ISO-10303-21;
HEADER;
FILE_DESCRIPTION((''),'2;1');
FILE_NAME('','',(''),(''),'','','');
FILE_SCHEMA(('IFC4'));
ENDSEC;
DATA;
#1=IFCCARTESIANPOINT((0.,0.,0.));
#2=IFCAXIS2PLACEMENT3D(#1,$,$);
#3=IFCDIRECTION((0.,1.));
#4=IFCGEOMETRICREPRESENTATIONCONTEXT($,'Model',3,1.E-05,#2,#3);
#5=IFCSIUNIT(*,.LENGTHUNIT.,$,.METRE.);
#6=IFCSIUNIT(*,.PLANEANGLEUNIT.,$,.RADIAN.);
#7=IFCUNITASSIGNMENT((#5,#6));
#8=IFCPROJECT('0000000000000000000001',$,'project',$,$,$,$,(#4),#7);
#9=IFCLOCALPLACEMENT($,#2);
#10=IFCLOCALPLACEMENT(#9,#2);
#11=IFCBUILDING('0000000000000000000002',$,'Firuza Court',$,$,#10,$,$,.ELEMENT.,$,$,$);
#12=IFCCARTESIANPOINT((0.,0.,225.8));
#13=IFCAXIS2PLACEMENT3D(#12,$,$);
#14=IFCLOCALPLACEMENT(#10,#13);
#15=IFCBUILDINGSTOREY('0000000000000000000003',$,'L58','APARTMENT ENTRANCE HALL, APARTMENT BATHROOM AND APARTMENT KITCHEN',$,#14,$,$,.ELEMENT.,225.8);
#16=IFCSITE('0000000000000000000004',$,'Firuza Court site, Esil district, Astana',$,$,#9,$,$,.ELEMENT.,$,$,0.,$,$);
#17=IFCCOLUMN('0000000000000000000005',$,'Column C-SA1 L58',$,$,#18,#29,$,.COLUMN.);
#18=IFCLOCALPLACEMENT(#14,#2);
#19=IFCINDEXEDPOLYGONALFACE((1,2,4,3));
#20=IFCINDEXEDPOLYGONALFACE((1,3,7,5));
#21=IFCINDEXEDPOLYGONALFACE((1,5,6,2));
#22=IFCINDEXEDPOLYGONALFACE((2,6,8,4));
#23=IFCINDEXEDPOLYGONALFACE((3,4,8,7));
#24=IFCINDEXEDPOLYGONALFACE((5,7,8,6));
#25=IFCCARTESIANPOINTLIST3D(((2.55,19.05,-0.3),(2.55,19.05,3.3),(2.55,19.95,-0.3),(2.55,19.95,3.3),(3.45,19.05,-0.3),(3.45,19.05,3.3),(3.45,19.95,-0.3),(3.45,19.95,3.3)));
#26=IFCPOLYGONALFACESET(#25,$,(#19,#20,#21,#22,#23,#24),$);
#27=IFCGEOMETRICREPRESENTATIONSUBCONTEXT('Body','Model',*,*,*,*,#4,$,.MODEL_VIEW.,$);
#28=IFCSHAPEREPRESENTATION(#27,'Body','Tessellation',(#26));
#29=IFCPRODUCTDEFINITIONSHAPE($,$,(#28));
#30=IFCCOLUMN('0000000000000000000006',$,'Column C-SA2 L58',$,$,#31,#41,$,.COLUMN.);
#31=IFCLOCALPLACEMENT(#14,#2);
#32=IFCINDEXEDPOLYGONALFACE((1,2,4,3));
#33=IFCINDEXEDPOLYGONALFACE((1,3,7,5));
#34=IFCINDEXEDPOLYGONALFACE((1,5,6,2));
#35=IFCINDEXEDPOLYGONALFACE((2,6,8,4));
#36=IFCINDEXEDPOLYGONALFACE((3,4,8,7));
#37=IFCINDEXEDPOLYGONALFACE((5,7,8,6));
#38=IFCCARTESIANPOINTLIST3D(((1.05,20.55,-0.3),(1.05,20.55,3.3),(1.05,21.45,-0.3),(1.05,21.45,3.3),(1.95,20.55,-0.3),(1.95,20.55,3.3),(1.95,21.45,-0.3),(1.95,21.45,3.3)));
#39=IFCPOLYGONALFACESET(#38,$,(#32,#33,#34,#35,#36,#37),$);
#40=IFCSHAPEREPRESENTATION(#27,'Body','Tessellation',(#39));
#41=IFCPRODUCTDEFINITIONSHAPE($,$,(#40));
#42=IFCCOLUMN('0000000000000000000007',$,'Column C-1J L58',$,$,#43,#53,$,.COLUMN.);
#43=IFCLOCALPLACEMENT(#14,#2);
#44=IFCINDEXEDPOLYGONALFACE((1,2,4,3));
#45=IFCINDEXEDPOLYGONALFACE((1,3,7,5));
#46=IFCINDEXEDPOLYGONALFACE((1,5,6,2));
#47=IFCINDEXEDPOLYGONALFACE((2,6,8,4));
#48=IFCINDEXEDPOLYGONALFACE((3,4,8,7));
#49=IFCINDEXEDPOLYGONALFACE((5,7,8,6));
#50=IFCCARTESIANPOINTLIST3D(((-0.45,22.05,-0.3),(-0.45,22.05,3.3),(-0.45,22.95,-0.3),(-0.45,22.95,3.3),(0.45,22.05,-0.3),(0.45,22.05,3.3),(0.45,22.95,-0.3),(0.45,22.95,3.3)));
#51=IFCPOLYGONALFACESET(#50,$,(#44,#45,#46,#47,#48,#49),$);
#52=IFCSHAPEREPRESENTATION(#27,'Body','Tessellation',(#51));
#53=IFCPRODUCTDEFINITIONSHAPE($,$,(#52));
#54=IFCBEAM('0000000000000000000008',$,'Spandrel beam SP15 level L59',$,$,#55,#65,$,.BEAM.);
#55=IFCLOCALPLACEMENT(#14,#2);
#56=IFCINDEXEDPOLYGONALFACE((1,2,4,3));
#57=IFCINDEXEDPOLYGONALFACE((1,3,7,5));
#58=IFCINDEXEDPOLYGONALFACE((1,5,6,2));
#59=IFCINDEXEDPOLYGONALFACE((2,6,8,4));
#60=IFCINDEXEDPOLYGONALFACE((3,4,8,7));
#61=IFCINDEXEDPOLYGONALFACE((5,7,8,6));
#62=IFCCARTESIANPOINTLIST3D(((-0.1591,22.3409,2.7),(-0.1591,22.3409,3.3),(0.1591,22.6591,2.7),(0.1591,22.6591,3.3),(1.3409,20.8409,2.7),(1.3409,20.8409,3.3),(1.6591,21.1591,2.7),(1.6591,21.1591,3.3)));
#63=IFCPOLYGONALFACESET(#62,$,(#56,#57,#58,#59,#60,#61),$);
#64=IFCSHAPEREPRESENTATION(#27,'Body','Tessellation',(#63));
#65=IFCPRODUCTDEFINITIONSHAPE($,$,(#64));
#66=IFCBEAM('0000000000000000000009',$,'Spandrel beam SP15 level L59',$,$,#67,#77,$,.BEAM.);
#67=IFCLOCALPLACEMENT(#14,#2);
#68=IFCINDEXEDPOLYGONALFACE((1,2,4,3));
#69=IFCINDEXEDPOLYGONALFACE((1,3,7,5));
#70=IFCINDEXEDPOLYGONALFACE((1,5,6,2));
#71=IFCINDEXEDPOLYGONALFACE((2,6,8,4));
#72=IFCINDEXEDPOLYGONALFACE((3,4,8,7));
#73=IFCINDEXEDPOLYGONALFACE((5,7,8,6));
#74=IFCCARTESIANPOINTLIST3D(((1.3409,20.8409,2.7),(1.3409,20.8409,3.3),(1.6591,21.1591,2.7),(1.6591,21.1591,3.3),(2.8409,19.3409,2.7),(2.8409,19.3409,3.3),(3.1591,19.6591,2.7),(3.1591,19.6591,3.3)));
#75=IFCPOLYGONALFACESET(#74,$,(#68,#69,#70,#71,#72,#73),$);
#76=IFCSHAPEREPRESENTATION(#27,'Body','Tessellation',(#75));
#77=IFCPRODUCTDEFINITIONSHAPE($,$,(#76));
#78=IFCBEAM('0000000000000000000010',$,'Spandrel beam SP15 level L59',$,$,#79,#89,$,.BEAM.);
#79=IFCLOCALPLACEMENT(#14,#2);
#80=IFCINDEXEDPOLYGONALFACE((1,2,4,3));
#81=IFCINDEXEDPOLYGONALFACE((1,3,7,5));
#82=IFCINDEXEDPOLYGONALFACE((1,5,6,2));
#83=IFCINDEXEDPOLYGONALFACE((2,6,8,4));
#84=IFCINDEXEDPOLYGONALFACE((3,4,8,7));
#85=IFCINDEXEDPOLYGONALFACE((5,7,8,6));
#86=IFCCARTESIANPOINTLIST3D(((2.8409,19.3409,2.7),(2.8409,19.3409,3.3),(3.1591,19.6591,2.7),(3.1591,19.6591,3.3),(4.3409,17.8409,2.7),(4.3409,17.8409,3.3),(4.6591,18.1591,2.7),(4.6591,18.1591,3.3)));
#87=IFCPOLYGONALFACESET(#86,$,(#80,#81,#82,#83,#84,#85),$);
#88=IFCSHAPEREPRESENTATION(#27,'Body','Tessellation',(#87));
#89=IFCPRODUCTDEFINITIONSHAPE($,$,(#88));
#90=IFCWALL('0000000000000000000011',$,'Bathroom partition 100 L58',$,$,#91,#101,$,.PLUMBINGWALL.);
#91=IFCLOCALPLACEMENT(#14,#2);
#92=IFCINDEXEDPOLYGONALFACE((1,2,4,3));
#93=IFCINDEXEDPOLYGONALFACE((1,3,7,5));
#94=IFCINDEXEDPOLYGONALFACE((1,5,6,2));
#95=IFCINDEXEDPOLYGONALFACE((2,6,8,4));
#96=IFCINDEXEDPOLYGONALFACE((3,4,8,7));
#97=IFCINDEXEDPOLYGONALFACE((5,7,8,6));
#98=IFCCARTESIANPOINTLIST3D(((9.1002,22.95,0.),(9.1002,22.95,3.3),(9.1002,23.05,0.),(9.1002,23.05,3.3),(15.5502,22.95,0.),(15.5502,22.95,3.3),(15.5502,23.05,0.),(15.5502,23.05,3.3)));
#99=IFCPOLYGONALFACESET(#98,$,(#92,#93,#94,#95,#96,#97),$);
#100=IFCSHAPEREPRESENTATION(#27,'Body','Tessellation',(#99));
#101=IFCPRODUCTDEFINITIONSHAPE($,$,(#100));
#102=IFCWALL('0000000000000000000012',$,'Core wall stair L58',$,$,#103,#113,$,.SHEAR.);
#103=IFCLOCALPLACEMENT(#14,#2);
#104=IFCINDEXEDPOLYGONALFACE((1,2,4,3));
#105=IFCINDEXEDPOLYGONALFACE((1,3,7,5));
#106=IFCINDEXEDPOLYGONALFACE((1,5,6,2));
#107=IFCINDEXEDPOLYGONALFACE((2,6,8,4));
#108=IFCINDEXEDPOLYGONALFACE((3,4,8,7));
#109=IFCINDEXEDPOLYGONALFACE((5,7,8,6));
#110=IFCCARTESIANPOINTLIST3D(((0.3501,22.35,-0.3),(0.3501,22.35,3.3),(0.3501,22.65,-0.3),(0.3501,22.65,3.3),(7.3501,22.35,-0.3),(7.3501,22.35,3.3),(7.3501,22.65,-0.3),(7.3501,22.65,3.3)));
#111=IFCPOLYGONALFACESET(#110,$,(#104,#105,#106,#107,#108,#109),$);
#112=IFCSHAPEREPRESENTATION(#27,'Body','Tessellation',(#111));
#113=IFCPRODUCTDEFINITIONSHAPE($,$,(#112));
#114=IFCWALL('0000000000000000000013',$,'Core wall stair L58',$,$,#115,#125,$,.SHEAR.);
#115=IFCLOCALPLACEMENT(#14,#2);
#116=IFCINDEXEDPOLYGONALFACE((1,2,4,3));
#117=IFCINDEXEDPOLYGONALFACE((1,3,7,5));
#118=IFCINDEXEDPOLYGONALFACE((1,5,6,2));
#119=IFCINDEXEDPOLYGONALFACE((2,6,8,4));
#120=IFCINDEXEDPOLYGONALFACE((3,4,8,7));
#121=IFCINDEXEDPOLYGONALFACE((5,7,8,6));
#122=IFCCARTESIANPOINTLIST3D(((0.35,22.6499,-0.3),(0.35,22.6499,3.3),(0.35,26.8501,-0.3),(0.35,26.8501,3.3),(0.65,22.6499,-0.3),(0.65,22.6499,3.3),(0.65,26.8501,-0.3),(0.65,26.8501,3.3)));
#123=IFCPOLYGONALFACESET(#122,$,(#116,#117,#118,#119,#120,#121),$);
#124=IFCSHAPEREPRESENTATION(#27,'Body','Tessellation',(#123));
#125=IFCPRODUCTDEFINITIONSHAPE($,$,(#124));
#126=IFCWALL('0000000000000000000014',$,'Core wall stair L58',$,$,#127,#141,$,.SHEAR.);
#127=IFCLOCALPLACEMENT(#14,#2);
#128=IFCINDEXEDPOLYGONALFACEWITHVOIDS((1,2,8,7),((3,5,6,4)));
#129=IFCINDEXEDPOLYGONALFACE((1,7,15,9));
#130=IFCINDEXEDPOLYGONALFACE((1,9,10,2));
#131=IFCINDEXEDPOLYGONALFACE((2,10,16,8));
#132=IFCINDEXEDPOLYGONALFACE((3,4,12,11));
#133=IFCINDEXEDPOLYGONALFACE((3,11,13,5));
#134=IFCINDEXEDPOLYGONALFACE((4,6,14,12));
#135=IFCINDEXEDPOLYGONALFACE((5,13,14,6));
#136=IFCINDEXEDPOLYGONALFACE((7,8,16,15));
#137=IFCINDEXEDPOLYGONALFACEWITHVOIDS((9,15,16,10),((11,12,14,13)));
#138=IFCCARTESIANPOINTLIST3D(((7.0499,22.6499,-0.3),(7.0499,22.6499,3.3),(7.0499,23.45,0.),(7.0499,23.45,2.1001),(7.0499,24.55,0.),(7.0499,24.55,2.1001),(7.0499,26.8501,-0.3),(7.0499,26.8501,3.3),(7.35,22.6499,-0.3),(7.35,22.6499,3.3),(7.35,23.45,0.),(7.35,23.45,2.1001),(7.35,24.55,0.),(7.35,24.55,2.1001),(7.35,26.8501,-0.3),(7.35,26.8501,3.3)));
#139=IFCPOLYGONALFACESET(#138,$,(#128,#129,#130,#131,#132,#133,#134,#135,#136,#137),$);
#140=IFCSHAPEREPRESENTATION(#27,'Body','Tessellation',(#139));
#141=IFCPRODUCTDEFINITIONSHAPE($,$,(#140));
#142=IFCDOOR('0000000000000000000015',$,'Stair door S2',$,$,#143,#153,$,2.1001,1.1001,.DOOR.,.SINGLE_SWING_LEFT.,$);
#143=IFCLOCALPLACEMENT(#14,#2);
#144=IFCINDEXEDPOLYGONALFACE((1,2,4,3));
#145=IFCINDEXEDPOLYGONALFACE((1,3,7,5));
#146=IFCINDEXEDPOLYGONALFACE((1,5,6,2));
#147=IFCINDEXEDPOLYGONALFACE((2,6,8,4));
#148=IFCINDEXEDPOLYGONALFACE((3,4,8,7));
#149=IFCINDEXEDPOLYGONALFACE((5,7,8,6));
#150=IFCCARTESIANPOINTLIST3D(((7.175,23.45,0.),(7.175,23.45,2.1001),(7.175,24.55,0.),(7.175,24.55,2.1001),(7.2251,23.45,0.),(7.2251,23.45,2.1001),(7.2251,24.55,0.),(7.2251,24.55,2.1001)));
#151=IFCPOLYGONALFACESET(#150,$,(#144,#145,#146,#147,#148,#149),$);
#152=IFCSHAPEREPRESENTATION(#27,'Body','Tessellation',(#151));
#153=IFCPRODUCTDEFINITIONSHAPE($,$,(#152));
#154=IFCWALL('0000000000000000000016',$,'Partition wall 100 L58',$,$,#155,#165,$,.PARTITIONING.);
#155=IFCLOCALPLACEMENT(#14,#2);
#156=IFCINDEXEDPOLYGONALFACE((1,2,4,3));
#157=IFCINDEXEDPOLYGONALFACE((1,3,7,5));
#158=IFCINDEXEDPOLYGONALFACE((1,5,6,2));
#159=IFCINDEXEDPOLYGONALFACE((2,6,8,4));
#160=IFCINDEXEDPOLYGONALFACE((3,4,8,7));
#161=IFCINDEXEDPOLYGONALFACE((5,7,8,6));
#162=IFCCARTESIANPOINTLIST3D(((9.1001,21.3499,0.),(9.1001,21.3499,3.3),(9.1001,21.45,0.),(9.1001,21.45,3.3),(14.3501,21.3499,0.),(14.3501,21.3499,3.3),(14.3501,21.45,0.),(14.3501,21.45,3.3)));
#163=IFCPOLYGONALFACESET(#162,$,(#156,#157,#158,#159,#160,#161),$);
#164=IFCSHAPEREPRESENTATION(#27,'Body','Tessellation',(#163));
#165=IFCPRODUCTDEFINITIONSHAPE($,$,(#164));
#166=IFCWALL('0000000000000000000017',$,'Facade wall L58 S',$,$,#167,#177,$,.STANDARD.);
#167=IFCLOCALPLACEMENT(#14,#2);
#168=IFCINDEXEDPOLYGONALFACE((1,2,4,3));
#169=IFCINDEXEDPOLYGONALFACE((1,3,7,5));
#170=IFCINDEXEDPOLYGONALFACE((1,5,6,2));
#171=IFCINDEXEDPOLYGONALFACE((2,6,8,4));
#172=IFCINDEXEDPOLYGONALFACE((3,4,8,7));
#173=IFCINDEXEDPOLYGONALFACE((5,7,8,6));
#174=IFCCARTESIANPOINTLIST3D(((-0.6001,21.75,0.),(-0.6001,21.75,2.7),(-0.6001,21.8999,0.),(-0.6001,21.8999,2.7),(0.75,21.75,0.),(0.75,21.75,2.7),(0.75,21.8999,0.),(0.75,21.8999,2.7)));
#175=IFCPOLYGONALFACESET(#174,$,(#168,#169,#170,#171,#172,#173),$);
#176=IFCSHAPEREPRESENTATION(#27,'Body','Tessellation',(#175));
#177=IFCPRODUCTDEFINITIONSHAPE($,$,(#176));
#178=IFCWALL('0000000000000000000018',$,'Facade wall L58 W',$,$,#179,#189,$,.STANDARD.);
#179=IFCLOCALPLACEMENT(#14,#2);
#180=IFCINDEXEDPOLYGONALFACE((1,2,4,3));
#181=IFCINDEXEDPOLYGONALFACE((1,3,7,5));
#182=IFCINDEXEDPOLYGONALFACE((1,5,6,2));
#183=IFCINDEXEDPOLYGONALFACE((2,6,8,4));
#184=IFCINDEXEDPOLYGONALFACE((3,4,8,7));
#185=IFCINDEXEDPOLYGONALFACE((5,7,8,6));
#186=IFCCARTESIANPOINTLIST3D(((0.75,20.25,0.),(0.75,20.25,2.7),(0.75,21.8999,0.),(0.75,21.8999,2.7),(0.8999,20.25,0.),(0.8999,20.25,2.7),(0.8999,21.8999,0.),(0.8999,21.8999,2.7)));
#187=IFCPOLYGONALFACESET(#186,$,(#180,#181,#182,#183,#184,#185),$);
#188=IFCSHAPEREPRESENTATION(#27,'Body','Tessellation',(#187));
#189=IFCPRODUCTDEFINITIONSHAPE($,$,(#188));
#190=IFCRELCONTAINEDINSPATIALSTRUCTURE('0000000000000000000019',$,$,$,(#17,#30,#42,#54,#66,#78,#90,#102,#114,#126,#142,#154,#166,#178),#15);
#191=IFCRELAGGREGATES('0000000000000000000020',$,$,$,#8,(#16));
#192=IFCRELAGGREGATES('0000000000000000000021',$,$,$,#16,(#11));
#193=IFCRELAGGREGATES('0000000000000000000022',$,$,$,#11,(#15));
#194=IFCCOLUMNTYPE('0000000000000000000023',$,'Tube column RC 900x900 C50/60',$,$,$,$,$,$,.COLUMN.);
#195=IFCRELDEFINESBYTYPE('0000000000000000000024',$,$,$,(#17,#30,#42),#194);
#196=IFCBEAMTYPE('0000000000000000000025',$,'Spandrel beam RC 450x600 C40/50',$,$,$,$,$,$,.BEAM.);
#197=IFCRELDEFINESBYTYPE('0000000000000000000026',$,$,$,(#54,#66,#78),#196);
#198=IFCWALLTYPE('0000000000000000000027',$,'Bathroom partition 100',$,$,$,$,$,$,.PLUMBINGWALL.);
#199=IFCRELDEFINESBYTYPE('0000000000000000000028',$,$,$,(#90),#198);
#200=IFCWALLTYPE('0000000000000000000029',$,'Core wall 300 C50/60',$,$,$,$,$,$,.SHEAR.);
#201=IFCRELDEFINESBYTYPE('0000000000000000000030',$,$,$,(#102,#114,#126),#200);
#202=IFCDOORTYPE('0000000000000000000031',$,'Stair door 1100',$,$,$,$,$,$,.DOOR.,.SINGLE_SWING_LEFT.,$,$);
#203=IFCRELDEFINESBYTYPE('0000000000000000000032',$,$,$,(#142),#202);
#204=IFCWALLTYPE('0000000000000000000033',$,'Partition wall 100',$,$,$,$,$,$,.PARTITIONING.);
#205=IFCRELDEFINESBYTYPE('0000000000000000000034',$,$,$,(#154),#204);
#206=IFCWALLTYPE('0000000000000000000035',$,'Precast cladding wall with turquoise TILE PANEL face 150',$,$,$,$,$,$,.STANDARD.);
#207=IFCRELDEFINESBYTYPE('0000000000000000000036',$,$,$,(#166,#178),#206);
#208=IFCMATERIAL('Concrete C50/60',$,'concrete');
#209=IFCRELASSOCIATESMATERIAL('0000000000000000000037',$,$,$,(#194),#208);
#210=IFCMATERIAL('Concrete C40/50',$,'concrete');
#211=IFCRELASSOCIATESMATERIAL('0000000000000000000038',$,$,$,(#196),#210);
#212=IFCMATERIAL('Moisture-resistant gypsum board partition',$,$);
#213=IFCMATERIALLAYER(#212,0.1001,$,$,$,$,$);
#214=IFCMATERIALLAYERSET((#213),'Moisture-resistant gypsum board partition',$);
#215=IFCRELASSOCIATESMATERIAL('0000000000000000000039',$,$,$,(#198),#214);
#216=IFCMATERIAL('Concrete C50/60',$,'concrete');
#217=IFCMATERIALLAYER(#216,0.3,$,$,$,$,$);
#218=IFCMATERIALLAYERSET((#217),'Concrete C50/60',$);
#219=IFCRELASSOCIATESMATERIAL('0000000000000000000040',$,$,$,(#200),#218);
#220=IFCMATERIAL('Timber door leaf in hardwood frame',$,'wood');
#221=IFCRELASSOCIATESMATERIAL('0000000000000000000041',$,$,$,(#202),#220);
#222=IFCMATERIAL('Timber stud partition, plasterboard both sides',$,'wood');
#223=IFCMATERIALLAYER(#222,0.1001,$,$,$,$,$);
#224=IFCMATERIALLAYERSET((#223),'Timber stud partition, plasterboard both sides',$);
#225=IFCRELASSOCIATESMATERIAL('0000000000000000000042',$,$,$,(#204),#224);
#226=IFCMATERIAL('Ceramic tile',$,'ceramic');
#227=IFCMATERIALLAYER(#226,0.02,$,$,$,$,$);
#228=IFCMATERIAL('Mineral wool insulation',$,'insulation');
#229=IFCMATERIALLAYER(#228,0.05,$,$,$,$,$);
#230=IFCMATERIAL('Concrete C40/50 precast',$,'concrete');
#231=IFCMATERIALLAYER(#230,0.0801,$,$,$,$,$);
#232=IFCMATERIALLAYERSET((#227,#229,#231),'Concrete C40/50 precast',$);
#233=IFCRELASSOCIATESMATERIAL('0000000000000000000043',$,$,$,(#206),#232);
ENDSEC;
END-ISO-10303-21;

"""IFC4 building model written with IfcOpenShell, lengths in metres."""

from ifc_helpers import new_model, si_unit, direction, frame, frame_2d, origin, origin_2d, place, context, subcontext, project, spatial, rectangle, extrude, material, layer, layer_set, material_profile, profile_set, type_object, element, fill, save


model = new_model("IFC4")

# Units and contexts
model_context = context("Model", 3, precision=1e-05, world=origin(), true_north=direction((0.0, 1.0)))
body_context = subcontext(model_context, "Body", "Model", "MODEL_VIEW")
ifc_project = project(units=[si_unit("LENGTHUNIT", "METRE"), si_unit("PLANEANGLEUNIT", "RADIAN")], contexts=[model_context])

# Site, building, storey
site_placement = place(None, origin())
site = spatial("IfcSite", under=ifc_project, at=site_placement, Name="Firuza Court site, Esil district, Astana", CompositionType="ELEMENT", RefElevation=0.0)
building_placement = place(site_placement, origin())
building = spatial("IfcBuilding", under=site, at=building_placement, Name="Firuza Court", CompositionType="ELEMENT")
storey_placement = place(building_placement, frame((0.0, 0.0, 225.8)))
storey = spatial("IfcBuildingStorey", under=building, at=storey_placement, Name="L58", Description="APARTMENT ENTRANCE HALL, APARTMENT BATHROOM AND APARTMENT KITCHEN", CompositionType="ELEMENT", Elevation=225.8)

# Columns
ifc_material_1 = material(Name="Concrete C50/60", Category="concrete")
ifc_material_profile_1 = material_profile(ifc_material_1, rectangle(XDim=0.8999, YDim=0.8999, at=origin_2d()), Name="RC 900x900")
ifc_profile_set_1 = profile_set([ifc_material_profile_1], Name="Concrete C50/60")
column_type = type_object("IfcColumnType", Name="Tube column RC 900x900 C50/60", PredefinedType="COLUMN", material=ifc_profile_set_1)
for number, where, z_axis, x_axis, name in (
    (1, (3.0, 19.5, -0.3), (0.0, 0.0, 1.0), (1.0, 0.0, 0.0), "Column C-SA1 L58"),
    (2, (1.5, 21.0, -0.3), (0.0, 0.0, 1.0), (1.0, 0.0, 0.0), "Column C-SA2 L58"),
    (3, (0.0, 22.5, -0.3), (0.0, 0.0, 1.0), (1.0, 0.0, 0.0), "Column C-1J L58"),
):
    element("IfcColumn", number, at=place(storey_placement, frame(where, z_axis=z_axis, x_axis=x_axis)), inside=storey, type_object=column_type, Name=name, PredefinedType="COLUMN", context=body_context, shape_type="SweptSolid", body=[
        extrude(rectangle(XDim=0.8999, YDim=0.8999, at=origin_2d()), origin(), (0.0, 0.0, 1.0), 3.6001),
    ])

# Beams
ifc_material_2 = material(Name="Concrete C40/50", Category="concrete")
ifc_material_profile_2 = material_profile(ifc_material_2, rectangle(XDim=0.45, YDim=0.6001, at=origin_2d()), Name="RC 450x600")
ifc_profile_set_2 = profile_set([ifc_material_profile_2], Name="Concrete C40/50")
beam_type = type_object("IfcBeamType", Name="Spandrel beam RC 450x600 C40/50", PredefinedType="BEAM", material=ifc_profile_set_2)
for number, where, z_axis, x_axis, name in (
    (4, (0.0, 22.5, 3.0), (0.707107, -0.707107, 0.0), (0.707107, 0.707107, 0.0), "Spandrel beam SP15 level L59"),
    (5, (1.5, 21.0, 3.0), (0.707107, -0.707107, 0.0), (0.707107, 0.707107, 0.0), "Spandrel beam SP15 level L59"),
    (6, (3.0, 19.5, 3.0), (0.707107, -0.707107, 0.0), (0.707107, 0.707107, 0.0), "Spandrel beam SP15 level L59"),
):
    element("IfcBeam", number, at=place(storey_placement, frame(where, z_axis=z_axis, x_axis=x_axis)), inside=storey, type_object=beam_type, Name=name, PredefinedType="BEAM", context=body_context, shape_type="SweptSolid", body=[
        extrude(rectangle(XDim=0.45, YDim=0.6001, at=origin_2d()), origin(), (0.0, 0.0, 1.0), 2.1213),
    ])

# Walls
ifc_material_3 = material(Name="Moisture-resistant gypsum board partition")
ifc_layer_1 = layer(ifc_material_3, 0.1001)
ifc_layer_set_1 = layer_set([ifc_layer_1], Name="Moisture-resistant gypsum board partition")
wall_type_1 = type_object("IfcWallType", Name="Bathroom partition 100", PredefinedType="PLUMBINGWALL", material=ifc_layer_set_1)
wall_1_placement = place(storey_placement, frame((9.1001, 23.0, 0.0), z_axis=(0.0, 0.0, 1.0), x_axis=(1.0, 0.0, 0.0)))
element("IfcWall", 7, at=wall_1_placement, inside=storey, type_object=wall_type_1, Name="Bathroom partition 100 L58", PredefinedType="PLUMBINGWALL", context=body_context, shape_type="SweptSolid", body=[
    extrude(rectangle(XDim=6.45, YDim=0.1001, at=frame_2d((3.2251, 0.0))), origin(), (0.0, 0.0, 1.0), 3.3),
])
ifc_material_4 = material(Name="Concrete C50/60", Category="concrete")
ifc_layer_2 = layer(ifc_material_4, 0.3)
ifc_layer_set_2 = layer_set([ifc_layer_2], Name="Concrete C50/60")
wall_type_2 = type_object("IfcWallType", Name="Core wall 300 C50/60", PredefinedType="SHEAR", material=ifc_layer_set_2)
wall_2_placement = place(storey_placement, frame((0.3501, 22.5, -0.3), z_axis=(0.0, 0.0, 1.0), x_axis=(1.0, 0.0, 0.0)))
element("IfcWall", 8, at=wall_2_placement, inside=storey, type_object=wall_type_2, Name="Core wall stair L58", PredefinedType="SHEAR", context=body_context, shape_type="SweptSolid", body=[
    extrude(rectangle(XDim=7.0, YDim=0.3, at=frame_2d((3.5, 0.0))), origin(), (0.0, 0.0, 1.0), 3.6001),
])
wall_3_placement = place(storey_placement, frame((0.5, 22.6499, -0.3), z_axis=(0.0, 0.0, 1.0), x_axis=(0.0, 1.0, 0.0)))
element("IfcWall", 9, at=wall_3_placement, inside=storey, type_object=wall_type_2, Name="Core wall stair L58", PredefinedType="SHEAR", context=body_context, shape_type="SweptSolid", body=[
    extrude(rectangle(XDim=4.2002, YDim=0.3, at=frame_2d((2.1001, 0.0))), origin(), (0.0, 0.0, 1.0), 3.6001),
])

# Wall, opening, door
wall_4_placement = place(storey_placement, frame((7.2, 22.6499, -0.3), z_axis=(0.0, 0.0, 1.0), x_axis=(0.0, 1.0, 0.0)))
wall_4 = element("IfcWall", 10, at=wall_4_placement, inside=storey, type_object=wall_type_2, Name="Core wall stair L58", PredefinedType="SHEAR", context=body_context, shape_type="SweptSolid", body=[
    extrude(rectangle(XDim=4.2002, YDim=0.3, at=frame_2d((2.1001, 0.0))), origin(), (0.0, 0.0, 1.0), 3.6001),
])
opening_placement = place(wall_4_placement, frame((0.8, 0.0, 0.3)))
opening = element("IfcOpeningElement", 11, at=opening_placement, cuts=wall_4, PredefinedType="OPENING", context=body_context, shape_type="SweptSolid", body=[
    extrude(rectangle(XDim=1.1001, YDim=2.1001, at=frame_2d((0.55, 1.05))), frame((0.0, 0.1621, 0.0), z_axis=(0.0, -1.0, 0.0), x_axis=(1.0, 0.0, 0.0)), (0.0, 0.0, 1.0), 0.324),
])
ifc_material_5 = material(Name="Timber door leaf in hardwood frame", Category="wood")
door_type = type_object("IfcDoorType", Name="Stair door 1100", OperationType="SINGLE_SWING_LEFT", PredefinedType="DOOR", material=ifc_material_5)
door_placement = place(opening_placement, origin())
door = element("IfcDoor", 12, at=door_placement, inside=storey, type_object=door_type, Name="Stair door S2", OperationType="SINGLE_SWING_LEFT", OverallHeight=2.1001, OverallWidth=1.1001, PredefinedType="DOOR", context=body_context, shape_type="SweptSolid", body=[
    extrude(rectangle(XDim=1.1001, YDim=2.1001, at=frame_2d((0.55, 1.05))), frame((0.0, 0.0249, 0.0), z_axis=(0.0, -1.0, 0.0), x_axis=(1.0, 0.0, 0.0)), (0.0, 0.0, 1.0), 0.05),
])
fill(opening, door)

# Walls
ifc_material_6 = material(Name="Timber stud partition, plasterboard both sides", Category="wood")
ifc_layer_3 = layer(ifc_material_6, 0.1001)
ifc_layer_set_3 = layer_set([ifc_layer_3], Name="Timber stud partition, plasterboard both sides")
wall_type_3 = type_object("IfcWallType", Name="Partition wall 100", PredefinedType="PARTITIONING", material=ifc_layer_set_3)
wall_5_placement = place(storey_placement, frame((9.1001, 21.3999, 0.0), z_axis=(0.0, 0.0, 1.0), x_axis=(1.0, 0.0, 0.0)))
element("IfcWall", 13, at=wall_5_placement, inside=storey, type_object=wall_type_3, Name="Partition wall 100 L58", PredefinedType="PARTITIONING", context=body_context, shape_type="SweptSolid", body=[
    extrude(rectangle(XDim=5.25, YDim=0.1001, at=frame_2d((2.625, 0.0))), origin(), (0.0, 0.0, 1.0), 3.3),
])
ifc_material_7 = material(Name="Ceramic tile", Category="ceramic")
ifc_layer_4 = layer(ifc_material_7, 0.02)
ifc_material_8 = material(Name="Mineral wool insulation", Category="insulation")
ifc_layer_5 = layer(ifc_material_8, 0.05)
ifc_material_9 = material(Name="Concrete C40/50 precast", Category="concrete")
ifc_layer_6 = layer(ifc_material_9, 0.0801)
ifc_layer_set_4 = layer_set([ifc_layer_4, ifc_layer_5, ifc_layer_6], Name="Concrete C40/50 precast")
wall_type_4 = type_object("IfcWallType", Name="Precast cladding wall with turquoise TILE PANEL face 150", PredefinedType="STANDARD", material=ifc_layer_set_4)
wall_6_placement = place(storey_placement, frame((-0.6001, 21.825, 0.0), z_axis=(0.0, 0.0, 1.0), x_axis=(1.0, 0.0, 0.0)))
element("IfcWall", 14, at=wall_6_placement, inside=storey, type_object=wall_type_4, Name="Facade wall L58 S", PredefinedType="STANDARD", context=body_context, shape_type="SweptSolid", body=[
    extrude(rectangle(XDim=1.3501, YDim=0.1499, at=frame_2d((0.675, 0.0))), origin(), (0.0, 0.0, 1.0), 2.7),
])
wall_7_placement = place(storey_placement, frame((0.825, 21.8999, 0.0), z_axis=(0.0, 0.0, 1.0), x_axis=(0.0, -1.0, 0.0)))
element("IfcWall", 15, at=wall_7_placement, inside=storey, type_object=wall_type_4, Name="Facade wall L58 W", PredefinedType="STANDARD", context=body_context, shape_type="SweptSolid", body=[
    extrude(rectangle(XDim=1.6499, YDim=0.1499, at=frame_2d((0.825, 0.0))), origin(), (0.0, 0.0, 1.0), 2.7),
])

save(model, "model.ifc")
